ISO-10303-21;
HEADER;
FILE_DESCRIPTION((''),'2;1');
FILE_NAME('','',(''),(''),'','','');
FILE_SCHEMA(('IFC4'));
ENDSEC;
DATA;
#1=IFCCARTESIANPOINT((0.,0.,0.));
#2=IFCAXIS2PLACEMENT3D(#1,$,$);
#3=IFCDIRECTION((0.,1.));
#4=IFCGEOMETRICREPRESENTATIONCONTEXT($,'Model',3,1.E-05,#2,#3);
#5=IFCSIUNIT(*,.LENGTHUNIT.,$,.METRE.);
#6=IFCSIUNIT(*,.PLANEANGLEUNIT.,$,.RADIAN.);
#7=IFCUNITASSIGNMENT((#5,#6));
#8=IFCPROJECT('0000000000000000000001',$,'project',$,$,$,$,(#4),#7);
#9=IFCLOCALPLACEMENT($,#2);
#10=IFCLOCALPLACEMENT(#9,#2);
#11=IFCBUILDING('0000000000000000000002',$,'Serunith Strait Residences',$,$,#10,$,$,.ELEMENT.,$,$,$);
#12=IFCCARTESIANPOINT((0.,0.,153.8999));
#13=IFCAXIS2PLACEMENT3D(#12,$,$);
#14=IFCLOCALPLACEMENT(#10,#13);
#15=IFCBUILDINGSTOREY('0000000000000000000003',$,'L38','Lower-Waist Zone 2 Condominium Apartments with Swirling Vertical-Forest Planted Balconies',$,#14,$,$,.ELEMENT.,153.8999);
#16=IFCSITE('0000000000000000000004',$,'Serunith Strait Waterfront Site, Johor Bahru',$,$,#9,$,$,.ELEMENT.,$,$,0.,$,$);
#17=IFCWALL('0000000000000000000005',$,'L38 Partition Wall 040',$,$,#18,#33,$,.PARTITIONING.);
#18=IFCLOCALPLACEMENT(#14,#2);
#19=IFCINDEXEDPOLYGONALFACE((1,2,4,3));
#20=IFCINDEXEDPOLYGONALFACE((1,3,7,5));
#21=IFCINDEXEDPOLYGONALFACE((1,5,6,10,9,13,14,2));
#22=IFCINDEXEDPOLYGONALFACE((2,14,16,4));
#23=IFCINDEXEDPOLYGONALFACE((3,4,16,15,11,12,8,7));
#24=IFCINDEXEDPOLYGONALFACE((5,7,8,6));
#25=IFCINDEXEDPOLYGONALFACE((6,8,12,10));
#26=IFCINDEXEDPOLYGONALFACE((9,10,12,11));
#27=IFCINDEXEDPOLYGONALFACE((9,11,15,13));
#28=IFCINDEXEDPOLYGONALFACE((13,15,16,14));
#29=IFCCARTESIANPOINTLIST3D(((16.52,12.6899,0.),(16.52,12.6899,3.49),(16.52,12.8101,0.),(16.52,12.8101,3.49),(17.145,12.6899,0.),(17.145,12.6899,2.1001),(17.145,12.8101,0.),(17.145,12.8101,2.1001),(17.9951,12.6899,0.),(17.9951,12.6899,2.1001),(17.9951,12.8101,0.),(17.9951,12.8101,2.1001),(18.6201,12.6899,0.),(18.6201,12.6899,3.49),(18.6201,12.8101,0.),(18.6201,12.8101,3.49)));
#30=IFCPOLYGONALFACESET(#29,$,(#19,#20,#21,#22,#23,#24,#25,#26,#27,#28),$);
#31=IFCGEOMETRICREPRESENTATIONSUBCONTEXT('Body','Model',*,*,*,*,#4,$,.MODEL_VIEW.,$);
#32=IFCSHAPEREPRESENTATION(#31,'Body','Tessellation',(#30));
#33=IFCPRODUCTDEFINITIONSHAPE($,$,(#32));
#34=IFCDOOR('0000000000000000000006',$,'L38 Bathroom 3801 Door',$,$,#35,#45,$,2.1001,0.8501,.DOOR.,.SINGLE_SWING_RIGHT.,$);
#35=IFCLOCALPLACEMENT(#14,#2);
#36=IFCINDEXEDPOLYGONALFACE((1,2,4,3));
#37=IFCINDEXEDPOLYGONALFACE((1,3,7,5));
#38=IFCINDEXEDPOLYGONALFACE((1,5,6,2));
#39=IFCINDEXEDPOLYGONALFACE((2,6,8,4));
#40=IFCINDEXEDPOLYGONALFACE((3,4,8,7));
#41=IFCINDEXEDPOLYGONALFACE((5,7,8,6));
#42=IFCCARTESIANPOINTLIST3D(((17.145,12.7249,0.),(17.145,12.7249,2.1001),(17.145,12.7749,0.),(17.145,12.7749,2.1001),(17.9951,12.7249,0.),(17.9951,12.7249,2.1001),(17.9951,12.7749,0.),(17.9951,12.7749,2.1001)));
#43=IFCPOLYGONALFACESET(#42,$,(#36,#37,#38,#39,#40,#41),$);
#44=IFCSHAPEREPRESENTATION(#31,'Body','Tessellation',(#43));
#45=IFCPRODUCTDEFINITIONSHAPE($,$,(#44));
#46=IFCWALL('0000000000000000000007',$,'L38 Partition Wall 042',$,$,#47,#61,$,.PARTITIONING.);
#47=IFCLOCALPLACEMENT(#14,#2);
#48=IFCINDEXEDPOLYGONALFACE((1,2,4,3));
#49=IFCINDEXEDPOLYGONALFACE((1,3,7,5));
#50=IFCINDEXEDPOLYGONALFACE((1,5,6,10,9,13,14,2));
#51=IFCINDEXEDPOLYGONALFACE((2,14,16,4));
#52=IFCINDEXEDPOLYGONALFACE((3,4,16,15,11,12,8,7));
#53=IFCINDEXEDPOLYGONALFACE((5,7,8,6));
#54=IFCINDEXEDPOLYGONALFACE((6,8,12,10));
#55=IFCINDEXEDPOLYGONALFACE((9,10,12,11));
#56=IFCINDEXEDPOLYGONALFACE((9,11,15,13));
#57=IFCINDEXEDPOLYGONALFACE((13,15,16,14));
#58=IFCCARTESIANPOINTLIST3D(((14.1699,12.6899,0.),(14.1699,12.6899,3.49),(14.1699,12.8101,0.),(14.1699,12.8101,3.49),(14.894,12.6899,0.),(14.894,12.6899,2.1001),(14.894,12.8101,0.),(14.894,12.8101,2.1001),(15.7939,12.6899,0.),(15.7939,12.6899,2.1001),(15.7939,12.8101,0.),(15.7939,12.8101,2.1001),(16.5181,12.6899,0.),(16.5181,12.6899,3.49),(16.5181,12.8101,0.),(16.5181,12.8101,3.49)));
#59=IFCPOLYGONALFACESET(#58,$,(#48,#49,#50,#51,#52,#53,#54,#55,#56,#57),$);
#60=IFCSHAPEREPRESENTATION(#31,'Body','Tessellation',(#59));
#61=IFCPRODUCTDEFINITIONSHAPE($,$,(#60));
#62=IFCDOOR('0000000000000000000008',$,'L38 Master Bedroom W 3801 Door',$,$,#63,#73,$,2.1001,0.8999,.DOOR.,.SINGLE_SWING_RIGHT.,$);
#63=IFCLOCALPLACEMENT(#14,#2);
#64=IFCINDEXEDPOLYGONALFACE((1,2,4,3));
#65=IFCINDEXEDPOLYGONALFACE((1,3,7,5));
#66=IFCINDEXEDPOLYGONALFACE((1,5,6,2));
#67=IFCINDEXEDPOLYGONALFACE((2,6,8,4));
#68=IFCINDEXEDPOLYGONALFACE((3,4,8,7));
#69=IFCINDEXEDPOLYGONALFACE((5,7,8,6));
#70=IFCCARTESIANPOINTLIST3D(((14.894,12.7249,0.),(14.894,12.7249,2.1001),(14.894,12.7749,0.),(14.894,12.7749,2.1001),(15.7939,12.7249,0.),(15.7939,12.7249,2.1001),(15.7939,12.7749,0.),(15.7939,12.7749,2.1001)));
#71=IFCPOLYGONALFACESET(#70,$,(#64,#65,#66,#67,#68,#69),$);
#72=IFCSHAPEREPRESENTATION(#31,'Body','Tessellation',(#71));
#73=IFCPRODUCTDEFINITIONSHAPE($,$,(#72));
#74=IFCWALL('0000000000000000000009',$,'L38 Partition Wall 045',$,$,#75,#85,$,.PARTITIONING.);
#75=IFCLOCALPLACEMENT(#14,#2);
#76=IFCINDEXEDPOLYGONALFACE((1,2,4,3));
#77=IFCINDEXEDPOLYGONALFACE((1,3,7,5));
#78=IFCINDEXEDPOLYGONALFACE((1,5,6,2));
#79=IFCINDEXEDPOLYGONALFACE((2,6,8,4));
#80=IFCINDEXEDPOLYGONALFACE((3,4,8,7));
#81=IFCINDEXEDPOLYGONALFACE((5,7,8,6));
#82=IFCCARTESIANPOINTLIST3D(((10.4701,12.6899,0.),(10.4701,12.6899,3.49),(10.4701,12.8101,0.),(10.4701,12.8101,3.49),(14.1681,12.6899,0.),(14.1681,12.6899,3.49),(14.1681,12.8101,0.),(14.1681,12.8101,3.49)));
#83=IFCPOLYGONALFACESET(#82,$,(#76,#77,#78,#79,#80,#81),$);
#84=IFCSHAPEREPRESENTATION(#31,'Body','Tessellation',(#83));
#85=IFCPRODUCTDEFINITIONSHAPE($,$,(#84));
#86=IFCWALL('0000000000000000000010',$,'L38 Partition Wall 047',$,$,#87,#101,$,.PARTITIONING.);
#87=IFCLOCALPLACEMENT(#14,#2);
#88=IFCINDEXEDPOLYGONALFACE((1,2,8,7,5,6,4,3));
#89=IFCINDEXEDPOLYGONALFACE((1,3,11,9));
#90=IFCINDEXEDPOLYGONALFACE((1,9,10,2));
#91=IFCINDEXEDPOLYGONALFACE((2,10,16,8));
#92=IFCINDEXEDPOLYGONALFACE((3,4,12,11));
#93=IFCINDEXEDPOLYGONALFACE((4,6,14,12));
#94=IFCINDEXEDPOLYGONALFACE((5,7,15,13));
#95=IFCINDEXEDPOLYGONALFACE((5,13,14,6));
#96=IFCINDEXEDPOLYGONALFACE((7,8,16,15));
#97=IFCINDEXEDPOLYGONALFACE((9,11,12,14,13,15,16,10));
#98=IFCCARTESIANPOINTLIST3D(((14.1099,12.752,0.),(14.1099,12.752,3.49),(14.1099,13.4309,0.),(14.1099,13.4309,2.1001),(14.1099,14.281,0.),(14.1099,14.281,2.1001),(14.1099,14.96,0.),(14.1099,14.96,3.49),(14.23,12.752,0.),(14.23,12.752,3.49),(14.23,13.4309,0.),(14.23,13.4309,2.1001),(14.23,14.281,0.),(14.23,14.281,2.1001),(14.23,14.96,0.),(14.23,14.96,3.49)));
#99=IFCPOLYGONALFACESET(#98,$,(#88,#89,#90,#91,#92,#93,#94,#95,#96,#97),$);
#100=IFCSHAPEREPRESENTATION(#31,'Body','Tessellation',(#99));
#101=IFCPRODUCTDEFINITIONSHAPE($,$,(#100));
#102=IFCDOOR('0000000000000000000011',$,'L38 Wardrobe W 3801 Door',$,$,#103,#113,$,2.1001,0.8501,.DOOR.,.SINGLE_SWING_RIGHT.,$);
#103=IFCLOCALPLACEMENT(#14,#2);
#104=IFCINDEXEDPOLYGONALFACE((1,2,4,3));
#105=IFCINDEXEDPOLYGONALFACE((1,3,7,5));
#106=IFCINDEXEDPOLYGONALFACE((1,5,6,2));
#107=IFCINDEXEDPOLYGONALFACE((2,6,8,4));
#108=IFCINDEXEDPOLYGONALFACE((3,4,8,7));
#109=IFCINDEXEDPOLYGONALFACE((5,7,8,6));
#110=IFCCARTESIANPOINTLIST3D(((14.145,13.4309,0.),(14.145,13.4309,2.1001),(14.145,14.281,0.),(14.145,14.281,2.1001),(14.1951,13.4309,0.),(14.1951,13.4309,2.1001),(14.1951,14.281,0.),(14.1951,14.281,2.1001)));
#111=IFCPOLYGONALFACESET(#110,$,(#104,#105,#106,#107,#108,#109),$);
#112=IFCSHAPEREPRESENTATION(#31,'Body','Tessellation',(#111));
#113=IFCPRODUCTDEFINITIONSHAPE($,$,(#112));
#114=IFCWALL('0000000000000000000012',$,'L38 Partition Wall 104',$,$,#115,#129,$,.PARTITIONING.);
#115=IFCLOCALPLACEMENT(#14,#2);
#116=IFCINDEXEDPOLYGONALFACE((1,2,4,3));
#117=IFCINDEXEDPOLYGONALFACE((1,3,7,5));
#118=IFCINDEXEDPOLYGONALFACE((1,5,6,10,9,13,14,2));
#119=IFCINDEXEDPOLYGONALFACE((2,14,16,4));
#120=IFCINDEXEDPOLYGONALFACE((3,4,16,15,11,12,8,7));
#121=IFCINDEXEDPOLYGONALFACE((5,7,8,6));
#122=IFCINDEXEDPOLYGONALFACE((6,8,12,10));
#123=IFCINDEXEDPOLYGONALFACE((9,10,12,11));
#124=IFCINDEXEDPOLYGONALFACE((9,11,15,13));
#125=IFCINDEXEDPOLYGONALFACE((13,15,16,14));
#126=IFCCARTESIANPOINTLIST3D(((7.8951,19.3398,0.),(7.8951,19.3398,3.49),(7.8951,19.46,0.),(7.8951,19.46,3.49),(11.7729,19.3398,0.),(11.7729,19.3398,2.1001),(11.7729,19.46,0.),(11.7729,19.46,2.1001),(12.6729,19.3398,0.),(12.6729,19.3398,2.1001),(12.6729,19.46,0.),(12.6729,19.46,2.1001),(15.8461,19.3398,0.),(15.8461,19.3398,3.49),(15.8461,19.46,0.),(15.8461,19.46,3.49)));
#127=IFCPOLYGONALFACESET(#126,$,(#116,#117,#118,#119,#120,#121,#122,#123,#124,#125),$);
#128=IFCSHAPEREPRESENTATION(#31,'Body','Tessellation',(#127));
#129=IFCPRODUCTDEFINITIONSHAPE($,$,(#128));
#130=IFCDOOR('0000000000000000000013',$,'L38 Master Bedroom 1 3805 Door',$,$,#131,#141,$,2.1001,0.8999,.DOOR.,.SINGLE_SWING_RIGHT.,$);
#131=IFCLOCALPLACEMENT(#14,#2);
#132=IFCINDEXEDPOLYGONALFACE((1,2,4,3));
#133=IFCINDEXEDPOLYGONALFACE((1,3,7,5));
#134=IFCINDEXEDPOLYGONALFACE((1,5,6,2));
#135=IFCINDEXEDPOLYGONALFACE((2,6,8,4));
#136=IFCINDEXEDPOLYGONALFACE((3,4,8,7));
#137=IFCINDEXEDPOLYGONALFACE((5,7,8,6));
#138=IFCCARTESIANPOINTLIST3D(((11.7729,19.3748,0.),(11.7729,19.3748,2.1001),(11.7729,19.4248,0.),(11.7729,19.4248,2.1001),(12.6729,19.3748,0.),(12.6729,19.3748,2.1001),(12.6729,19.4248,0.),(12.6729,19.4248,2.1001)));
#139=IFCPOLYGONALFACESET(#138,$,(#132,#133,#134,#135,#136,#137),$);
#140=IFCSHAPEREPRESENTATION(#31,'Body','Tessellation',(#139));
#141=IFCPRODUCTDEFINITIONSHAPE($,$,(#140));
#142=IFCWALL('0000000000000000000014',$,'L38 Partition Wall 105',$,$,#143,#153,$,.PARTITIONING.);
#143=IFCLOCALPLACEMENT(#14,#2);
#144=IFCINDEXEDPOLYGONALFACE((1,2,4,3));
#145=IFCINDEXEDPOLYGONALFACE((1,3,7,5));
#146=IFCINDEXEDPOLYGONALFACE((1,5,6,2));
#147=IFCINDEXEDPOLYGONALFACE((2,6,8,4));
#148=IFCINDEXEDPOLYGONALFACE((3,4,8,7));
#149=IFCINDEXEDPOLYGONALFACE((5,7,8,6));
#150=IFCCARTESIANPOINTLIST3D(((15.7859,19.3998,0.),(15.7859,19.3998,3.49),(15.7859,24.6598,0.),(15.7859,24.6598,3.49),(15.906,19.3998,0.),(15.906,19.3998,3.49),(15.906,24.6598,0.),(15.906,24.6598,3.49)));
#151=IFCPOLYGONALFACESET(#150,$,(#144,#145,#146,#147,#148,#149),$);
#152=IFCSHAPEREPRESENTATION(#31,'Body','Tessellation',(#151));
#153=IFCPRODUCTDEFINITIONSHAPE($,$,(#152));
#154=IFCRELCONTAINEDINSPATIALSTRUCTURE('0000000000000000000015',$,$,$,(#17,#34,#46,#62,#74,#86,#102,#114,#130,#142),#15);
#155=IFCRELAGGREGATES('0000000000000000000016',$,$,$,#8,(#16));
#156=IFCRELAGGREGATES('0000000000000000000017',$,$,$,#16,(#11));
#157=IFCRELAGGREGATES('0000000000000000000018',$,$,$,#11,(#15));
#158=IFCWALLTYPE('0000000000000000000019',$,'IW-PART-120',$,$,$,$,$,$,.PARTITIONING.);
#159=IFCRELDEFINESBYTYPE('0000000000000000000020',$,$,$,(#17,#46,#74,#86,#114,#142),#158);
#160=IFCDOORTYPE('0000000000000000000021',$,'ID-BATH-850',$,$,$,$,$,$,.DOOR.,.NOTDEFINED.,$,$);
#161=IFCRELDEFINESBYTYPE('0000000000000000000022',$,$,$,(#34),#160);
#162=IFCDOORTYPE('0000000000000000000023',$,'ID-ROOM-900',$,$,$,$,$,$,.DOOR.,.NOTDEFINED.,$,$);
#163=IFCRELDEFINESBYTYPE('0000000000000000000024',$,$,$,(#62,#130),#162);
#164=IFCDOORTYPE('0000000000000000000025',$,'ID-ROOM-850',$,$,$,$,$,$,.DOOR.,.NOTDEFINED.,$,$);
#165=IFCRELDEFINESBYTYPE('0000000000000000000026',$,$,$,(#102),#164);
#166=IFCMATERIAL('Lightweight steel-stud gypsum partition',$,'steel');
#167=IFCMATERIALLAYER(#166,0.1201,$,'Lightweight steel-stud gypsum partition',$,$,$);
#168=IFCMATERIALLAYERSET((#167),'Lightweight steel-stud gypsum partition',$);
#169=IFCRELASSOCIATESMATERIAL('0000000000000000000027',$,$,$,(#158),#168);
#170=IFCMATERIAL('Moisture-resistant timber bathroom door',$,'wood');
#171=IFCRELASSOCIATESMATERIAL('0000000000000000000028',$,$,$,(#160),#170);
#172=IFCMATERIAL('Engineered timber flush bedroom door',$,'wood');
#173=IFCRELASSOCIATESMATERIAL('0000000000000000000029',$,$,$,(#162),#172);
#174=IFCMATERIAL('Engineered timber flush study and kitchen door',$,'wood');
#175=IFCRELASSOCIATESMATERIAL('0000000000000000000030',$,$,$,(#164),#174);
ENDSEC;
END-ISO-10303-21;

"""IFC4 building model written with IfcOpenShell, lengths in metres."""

from ifc_helpers import new_model, si_unit, direction, frame, frame_2d, origin, place, context, subcontext, project, spatial, rectangle, extrude, source, transform, mapped, material, layer, layer_set, type_object, element, fill, save


model = new_model("IFC4")

# Units and contexts
model_context = context("Model", 3, precision=1e-05, world=origin(), true_north=direction((0.0, 1.0)))
body_context = subcontext(model_context, "Body", "Model", "MODEL_VIEW")
ifc_project = project(units=[si_unit("LENGTHUNIT", "METRE"), si_unit("PLANEANGLEUNIT", "RADIAN")], contexts=[model_context])

# Site, building, storey
site_placement = place(None, origin())
site = spatial("IfcSite", under=ifc_project, at=site_placement, Name="Serunith Strait Waterfront Site, Johor Bahru", CompositionType="ELEMENT", RefElevation=0.0)
building_placement = place(site_placement, origin())
building = spatial("IfcBuilding", under=site, at=building_placement, Name="Serunith Strait Residences", CompositionType="ELEMENT")
storey_placement = place(building_placement, frame((0.0, 0.0, 153.8999)))
storey = spatial("IfcBuildingStorey", under=building, at=storey_placement, Name="L38", Description="Lower-Waist Zone 2 Condominium Apartments with Swirling Vertical-Forest Planted Balconies", CompositionType="ELEMENT", Elevation=153.8999)

# Walls, openings, doors
ifc_material_1 = material(Name="Lightweight steel-stud gypsum partition", Category="steel")
ifc_layer_1 = layer(ifc_material_1, 0.1201, Name="Lightweight steel-stud gypsum partition")
ifc_layer_set_1 = layer_set([ifc_layer_1], Name="Lightweight steel-stud gypsum partition")
wall_type_1 = type_object("IfcWallType", Name="IW-PART-120", PredefinedType="PARTITIONING", material=ifc_layer_set_1)
wall_1_placement = place(storey_placement, frame((16.52, 12.75, 0.0), z_axis=(0.0, 0.0, 1.0), x_axis=(1.0, 0.0, 0.0)))
wall_1 = element("IfcWall", 1, at=wall_1_placement, inside=storey, type_object=wall_type_1, Name="L38 Partition Wall 040", PredefinedType="PARTITIONING", context=body_context, shape_type="SweptSolid", body=[
    extrude(rectangle(XDim=2.1001, YDim=0.1201, at=frame_2d((1.05, 0.0))), origin(), (0.0, 0.0, 1.0), 3.49),
])
opening_1_placement = place(wall_1_placement, frame((0.625, 0.0, 0.0)))
opening_1 = element("IfcOpeningElement", 2, at=opening_1_placement, cuts=wall_1, PredefinedType="OPENING", context=body_context, shape_type="SweptSolid", body=[
    extrude(rectangle(XDim=0.8501, YDim=2.1001, at=frame_2d((0.425, 1.05))), frame((0.0, 0.0701, 0.0), z_axis=(0.0, -1.0, 0.0), x_axis=(1.0, 0.0, 0.0)), (0.0, 0.0, 1.0), 0.1401),
])
ifc_material_2 = material(Name="Moisture-resistant timber bathroom door", Category="wood")
door_type_1 = type_object("IfcDoorType", Name="ID-BATH-850", OperationType="NOTDEFINED", PredefinedType="DOOR", material=ifc_material_2)
shared_shape_1 = source(origin(), body_context, "Body", "SweptSolid", [
    extrude(rectangle(XDim=0.8501, YDim=2.1001, at=frame_2d((0.425, 1.05))), frame((0.0, 0.0249, 0.0), z_axis=(0.0, -1.0, 0.0), x_axis=(1.0, 0.0, 0.0)), (0.0, 0.0, 1.0), 0.05),
])
door_1_placement = place(opening_1_placement, origin())
door_1 = element("IfcDoor", 3, at=door_1_placement, inside=storey, type_object=door_type_1, Name="L38 Bathroom 3801 Door", OperationType="SINGLE_SWING_RIGHT", OverallHeight=2.1001, OverallWidth=0.8501, PredefinedType="DOOR", context=body_context, shape_type="MappedRepresentation", body=[
    mapped(shared_shape_1, transform((0.0, 0.0, 0.0), scale=1.0)),
])
fill(opening_1, door_1)
wall_2_placement = place(storey_placement, frame((14.1699, 12.75, 0.0), z_axis=(0.0, 0.0, 1.0), x_axis=(1.0, 0.0, 0.0)))
wall_2 = element("IfcWall", 4, at=wall_2_placement, inside=storey, type_object=wall_type_1, Name="L38 Partition Wall 042", PredefinedType="PARTITIONING", context=body_context, shape_type="SweptSolid", body=[
    extrude(rectangle(XDim=2.3481, YDim=0.1201, at=frame_2d((1.1741, 0.0))), origin(), (0.0, 0.0, 1.0), 3.49),
])
opening_2_placement = place(wall_2_placement, frame((0.7241, 0.0, 0.0)))
opening_2 = element("IfcOpeningElement", 5, at=opening_2_placement, cuts=wall_2, PredefinedType="OPENING", context=body_context, shape_type="SweptSolid", body=[
    extrude(rectangle(XDim=0.8999, YDim=2.1001, at=frame_2d((0.45, 1.05))), frame((0.0, 0.0701, 0.0), z_axis=(0.0, -1.0, 0.0), x_axis=(1.0, 0.0, 0.0)), (0.0, 0.0, 1.0), 0.1401),
])
ifc_material_3 = material(Name="Engineered timber flush bedroom door", Category="wood")
door_type_2 = type_object("IfcDoorType", Name="ID-ROOM-900", OperationType="NOTDEFINED", PredefinedType="DOOR", material=ifc_material_3)
shared_shape_2 = source(origin(), body_context, "Body", "SweptSolid", [
    extrude(rectangle(XDim=0.8999, YDim=2.1001, at=frame_2d((0.45, 1.05))), frame((0.0, 0.0249, 0.0), z_axis=(0.0, -1.0, 0.0), x_axis=(1.0, 0.0, 0.0)), (0.0, 0.0, 1.0), 0.05),
])
door_2_placement = place(opening_2_placement, origin())
door_2 = element("IfcDoor", 6, at=door_2_placement, inside=storey, type_object=door_type_2, Name="L38 Master Bedroom W 3801 Door", OperationType="SINGLE_SWING_RIGHT", OverallHeight=2.1001, OverallWidth=0.8999, PredefinedType="DOOR", context=body_context, shape_type="MappedRepresentation", body=[
    mapped(shared_shape_2, transform((0.0, 0.0, 0.0), scale=1.0)),
])
fill(opening_2, door_2)

# Wall
wall_3_placement = place(storey_placement, frame((10.47, 12.75, 0.0), z_axis=(0.0, 0.0, 1.0), x_axis=(1.0, 0.0, 0.0)))
element("IfcWall", 7, at=wall_3_placement, inside=storey, type_object=wall_type_1, Name="L38 Partition Wall 045", PredefinedType="PARTITIONING", context=body_context, shape_type="SweptSolid", body=[
    extrude(rectangle(XDim=3.698, YDim=0.1201, at=frame_2d((1.8491, 0.0))), origin(), (0.0, 0.0, 1.0), 3.49),
])

# Walls, openings, doors
wall_4_placement = place(storey_placement, frame((14.1699, 12.752, 0.0), z_axis=(0.0, 0.0, 1.0), x_axis=(0.0, 1.0, 0.0)))
wall_4 = element("IfcWall", 8, at=wall_4_placement, inside=storey, type_object=wall_type_1, Name="L38 Partition Wall 047", PredefinedType="PARTITIONING", context=body_context, shape_type="SweptSolid", body=[
    extrude(rectangle(XDim=2.208, YDim=0.1201, at=frame_2d((1.104, 0.0))), origin(), (0.0, 0.0, 1.0), 3.49),
])
opening_3_placement = place(wall_4_placement, frame((0.679, 0.0, 0.0)))
opening_3 = element("IfcOpeningElement", 9, at=opening_3_placement, cuts=wall_4, PredefinedType="OPENING", context=body_context, shape_type="SweptSolid", body=[
    extrude(rectangle(XDim=0.8501, YDim=2.1001, at=frame_2d((0.425, 1.05))), frame((0.0, 0.0701, 0.0), z_axis=(0.0, -1.0, 0.0), x_axis=(1.0, 0.0, 0.0)), (0.0, 0.0, 1.0), 0.1401),
])
ifc_material_4 = material(Name="Engineered timber flush study and kitchen door", Category="wood")
door_type_3 = type_object("IfcDoorType", Name="ID-ROOM-850", OperationType="NOTDEFINED", PredefinedType="DOOR", material=ifc_material_4)
door_3_placement = place(opening_3_placement, origin())
door_3 = element("IfcDoor", 10, at=door_3_placement, inside=storey, type_object=door_type_3, Name="L38 Wardrobe W 3801 Door", OperationType="SINGLE_SWING_RIGHT", OverallHeight=2.1001, OverallWidth=0.8501, PredefinedType="DOOR", context=body_context, shape_type="MappedRepresentation", body=[
    mapped(shared_shape_1, transform((0.0, 0.0, 0.0), scale=1.0)),
])
fill(opening_3, door_3)
wall_5_placement = place(storey_placement, frame((7.895, 19.3999, 0.0), z_axis=(0.0, 0.0, 1.0), x_axis=(1.0, 0.0, 0.0)))
wall_5 = element("IfcWall", 11, at=wall_5_placement, inside=storey, type_object=wall_type_1, Name="L38 Partition Wall 104", PredefinedType="PARTITIONING", context=body_context, shape_type="SweptSolid", body=[
    extrude(rectangle(XDim=7.9509, YDim=0.1201, at=frame_2d((3.9756, 0.0))), origin(), (0.0, 0.0, 1.0), 3.49),
])
opening_4_placement = place(wall_5_placement, frame((3.8779, 0.0, 0.0)))
opening_4 = element("IfcOpeningElement", 12, at=opening_4_placement, cuts=wall_5, PredefinedType="OPENING", context=body_context, shape_type="SweptSolid", body=[
    extrude(rectangle(XDim=0.8999, YDim=2.1001, at=frame_2d((0.45, 1.05))), frame((0.0, 0.0701, 0.0), z_axis=(0.0, -1.0, 0.0), x_axis=(1.0, 0.0, 0.0)), (0.0, 0.0, 1.0), 0.1401),
])
door_4_placement = place(opening_4_placement, origin())
door_4 = element("IfcDoor", 13, at=door_4_placement, inside=storey, type_object=door_type_2, Name="L38 Master Bedroom 1 3805 Door", OperationType="SINGLE_SWING_RIGHT", OverallHeight=2.1001, OverallWidth=0.8999, PredefinedType="DOOR", context=body_context, shape_type="MappedRepresentation", body=[
    mapped(shared_shape_2, transform((0.0, 0.0, 0.0), scale=1.0)),
])
fill(opening_4, door_4)

# Wall
wall_6_placement = place(storey_placement, frame((15.8459, 19.3999, 0.0), z_axis=(0.0, 0.0, 1.0), x_axis=(0.0, 1.0, 0.0)))
element("IfcWall", 14, at=wall_6_placement, inside=storey, type_object=wall_type_1, Name="L38 Partition Wall 105", PredefinedType="PARTITIONING", context=body_context, shape_type="SweptSolid", body=[
    extrude(rectangle(XDim=5.26, YDim=0.1201, at=frame_2d((2.6299, 0.0))), origin(), (0.0, 0.0, 1.0), 3.49),
])

save(model, "model.ifc")
